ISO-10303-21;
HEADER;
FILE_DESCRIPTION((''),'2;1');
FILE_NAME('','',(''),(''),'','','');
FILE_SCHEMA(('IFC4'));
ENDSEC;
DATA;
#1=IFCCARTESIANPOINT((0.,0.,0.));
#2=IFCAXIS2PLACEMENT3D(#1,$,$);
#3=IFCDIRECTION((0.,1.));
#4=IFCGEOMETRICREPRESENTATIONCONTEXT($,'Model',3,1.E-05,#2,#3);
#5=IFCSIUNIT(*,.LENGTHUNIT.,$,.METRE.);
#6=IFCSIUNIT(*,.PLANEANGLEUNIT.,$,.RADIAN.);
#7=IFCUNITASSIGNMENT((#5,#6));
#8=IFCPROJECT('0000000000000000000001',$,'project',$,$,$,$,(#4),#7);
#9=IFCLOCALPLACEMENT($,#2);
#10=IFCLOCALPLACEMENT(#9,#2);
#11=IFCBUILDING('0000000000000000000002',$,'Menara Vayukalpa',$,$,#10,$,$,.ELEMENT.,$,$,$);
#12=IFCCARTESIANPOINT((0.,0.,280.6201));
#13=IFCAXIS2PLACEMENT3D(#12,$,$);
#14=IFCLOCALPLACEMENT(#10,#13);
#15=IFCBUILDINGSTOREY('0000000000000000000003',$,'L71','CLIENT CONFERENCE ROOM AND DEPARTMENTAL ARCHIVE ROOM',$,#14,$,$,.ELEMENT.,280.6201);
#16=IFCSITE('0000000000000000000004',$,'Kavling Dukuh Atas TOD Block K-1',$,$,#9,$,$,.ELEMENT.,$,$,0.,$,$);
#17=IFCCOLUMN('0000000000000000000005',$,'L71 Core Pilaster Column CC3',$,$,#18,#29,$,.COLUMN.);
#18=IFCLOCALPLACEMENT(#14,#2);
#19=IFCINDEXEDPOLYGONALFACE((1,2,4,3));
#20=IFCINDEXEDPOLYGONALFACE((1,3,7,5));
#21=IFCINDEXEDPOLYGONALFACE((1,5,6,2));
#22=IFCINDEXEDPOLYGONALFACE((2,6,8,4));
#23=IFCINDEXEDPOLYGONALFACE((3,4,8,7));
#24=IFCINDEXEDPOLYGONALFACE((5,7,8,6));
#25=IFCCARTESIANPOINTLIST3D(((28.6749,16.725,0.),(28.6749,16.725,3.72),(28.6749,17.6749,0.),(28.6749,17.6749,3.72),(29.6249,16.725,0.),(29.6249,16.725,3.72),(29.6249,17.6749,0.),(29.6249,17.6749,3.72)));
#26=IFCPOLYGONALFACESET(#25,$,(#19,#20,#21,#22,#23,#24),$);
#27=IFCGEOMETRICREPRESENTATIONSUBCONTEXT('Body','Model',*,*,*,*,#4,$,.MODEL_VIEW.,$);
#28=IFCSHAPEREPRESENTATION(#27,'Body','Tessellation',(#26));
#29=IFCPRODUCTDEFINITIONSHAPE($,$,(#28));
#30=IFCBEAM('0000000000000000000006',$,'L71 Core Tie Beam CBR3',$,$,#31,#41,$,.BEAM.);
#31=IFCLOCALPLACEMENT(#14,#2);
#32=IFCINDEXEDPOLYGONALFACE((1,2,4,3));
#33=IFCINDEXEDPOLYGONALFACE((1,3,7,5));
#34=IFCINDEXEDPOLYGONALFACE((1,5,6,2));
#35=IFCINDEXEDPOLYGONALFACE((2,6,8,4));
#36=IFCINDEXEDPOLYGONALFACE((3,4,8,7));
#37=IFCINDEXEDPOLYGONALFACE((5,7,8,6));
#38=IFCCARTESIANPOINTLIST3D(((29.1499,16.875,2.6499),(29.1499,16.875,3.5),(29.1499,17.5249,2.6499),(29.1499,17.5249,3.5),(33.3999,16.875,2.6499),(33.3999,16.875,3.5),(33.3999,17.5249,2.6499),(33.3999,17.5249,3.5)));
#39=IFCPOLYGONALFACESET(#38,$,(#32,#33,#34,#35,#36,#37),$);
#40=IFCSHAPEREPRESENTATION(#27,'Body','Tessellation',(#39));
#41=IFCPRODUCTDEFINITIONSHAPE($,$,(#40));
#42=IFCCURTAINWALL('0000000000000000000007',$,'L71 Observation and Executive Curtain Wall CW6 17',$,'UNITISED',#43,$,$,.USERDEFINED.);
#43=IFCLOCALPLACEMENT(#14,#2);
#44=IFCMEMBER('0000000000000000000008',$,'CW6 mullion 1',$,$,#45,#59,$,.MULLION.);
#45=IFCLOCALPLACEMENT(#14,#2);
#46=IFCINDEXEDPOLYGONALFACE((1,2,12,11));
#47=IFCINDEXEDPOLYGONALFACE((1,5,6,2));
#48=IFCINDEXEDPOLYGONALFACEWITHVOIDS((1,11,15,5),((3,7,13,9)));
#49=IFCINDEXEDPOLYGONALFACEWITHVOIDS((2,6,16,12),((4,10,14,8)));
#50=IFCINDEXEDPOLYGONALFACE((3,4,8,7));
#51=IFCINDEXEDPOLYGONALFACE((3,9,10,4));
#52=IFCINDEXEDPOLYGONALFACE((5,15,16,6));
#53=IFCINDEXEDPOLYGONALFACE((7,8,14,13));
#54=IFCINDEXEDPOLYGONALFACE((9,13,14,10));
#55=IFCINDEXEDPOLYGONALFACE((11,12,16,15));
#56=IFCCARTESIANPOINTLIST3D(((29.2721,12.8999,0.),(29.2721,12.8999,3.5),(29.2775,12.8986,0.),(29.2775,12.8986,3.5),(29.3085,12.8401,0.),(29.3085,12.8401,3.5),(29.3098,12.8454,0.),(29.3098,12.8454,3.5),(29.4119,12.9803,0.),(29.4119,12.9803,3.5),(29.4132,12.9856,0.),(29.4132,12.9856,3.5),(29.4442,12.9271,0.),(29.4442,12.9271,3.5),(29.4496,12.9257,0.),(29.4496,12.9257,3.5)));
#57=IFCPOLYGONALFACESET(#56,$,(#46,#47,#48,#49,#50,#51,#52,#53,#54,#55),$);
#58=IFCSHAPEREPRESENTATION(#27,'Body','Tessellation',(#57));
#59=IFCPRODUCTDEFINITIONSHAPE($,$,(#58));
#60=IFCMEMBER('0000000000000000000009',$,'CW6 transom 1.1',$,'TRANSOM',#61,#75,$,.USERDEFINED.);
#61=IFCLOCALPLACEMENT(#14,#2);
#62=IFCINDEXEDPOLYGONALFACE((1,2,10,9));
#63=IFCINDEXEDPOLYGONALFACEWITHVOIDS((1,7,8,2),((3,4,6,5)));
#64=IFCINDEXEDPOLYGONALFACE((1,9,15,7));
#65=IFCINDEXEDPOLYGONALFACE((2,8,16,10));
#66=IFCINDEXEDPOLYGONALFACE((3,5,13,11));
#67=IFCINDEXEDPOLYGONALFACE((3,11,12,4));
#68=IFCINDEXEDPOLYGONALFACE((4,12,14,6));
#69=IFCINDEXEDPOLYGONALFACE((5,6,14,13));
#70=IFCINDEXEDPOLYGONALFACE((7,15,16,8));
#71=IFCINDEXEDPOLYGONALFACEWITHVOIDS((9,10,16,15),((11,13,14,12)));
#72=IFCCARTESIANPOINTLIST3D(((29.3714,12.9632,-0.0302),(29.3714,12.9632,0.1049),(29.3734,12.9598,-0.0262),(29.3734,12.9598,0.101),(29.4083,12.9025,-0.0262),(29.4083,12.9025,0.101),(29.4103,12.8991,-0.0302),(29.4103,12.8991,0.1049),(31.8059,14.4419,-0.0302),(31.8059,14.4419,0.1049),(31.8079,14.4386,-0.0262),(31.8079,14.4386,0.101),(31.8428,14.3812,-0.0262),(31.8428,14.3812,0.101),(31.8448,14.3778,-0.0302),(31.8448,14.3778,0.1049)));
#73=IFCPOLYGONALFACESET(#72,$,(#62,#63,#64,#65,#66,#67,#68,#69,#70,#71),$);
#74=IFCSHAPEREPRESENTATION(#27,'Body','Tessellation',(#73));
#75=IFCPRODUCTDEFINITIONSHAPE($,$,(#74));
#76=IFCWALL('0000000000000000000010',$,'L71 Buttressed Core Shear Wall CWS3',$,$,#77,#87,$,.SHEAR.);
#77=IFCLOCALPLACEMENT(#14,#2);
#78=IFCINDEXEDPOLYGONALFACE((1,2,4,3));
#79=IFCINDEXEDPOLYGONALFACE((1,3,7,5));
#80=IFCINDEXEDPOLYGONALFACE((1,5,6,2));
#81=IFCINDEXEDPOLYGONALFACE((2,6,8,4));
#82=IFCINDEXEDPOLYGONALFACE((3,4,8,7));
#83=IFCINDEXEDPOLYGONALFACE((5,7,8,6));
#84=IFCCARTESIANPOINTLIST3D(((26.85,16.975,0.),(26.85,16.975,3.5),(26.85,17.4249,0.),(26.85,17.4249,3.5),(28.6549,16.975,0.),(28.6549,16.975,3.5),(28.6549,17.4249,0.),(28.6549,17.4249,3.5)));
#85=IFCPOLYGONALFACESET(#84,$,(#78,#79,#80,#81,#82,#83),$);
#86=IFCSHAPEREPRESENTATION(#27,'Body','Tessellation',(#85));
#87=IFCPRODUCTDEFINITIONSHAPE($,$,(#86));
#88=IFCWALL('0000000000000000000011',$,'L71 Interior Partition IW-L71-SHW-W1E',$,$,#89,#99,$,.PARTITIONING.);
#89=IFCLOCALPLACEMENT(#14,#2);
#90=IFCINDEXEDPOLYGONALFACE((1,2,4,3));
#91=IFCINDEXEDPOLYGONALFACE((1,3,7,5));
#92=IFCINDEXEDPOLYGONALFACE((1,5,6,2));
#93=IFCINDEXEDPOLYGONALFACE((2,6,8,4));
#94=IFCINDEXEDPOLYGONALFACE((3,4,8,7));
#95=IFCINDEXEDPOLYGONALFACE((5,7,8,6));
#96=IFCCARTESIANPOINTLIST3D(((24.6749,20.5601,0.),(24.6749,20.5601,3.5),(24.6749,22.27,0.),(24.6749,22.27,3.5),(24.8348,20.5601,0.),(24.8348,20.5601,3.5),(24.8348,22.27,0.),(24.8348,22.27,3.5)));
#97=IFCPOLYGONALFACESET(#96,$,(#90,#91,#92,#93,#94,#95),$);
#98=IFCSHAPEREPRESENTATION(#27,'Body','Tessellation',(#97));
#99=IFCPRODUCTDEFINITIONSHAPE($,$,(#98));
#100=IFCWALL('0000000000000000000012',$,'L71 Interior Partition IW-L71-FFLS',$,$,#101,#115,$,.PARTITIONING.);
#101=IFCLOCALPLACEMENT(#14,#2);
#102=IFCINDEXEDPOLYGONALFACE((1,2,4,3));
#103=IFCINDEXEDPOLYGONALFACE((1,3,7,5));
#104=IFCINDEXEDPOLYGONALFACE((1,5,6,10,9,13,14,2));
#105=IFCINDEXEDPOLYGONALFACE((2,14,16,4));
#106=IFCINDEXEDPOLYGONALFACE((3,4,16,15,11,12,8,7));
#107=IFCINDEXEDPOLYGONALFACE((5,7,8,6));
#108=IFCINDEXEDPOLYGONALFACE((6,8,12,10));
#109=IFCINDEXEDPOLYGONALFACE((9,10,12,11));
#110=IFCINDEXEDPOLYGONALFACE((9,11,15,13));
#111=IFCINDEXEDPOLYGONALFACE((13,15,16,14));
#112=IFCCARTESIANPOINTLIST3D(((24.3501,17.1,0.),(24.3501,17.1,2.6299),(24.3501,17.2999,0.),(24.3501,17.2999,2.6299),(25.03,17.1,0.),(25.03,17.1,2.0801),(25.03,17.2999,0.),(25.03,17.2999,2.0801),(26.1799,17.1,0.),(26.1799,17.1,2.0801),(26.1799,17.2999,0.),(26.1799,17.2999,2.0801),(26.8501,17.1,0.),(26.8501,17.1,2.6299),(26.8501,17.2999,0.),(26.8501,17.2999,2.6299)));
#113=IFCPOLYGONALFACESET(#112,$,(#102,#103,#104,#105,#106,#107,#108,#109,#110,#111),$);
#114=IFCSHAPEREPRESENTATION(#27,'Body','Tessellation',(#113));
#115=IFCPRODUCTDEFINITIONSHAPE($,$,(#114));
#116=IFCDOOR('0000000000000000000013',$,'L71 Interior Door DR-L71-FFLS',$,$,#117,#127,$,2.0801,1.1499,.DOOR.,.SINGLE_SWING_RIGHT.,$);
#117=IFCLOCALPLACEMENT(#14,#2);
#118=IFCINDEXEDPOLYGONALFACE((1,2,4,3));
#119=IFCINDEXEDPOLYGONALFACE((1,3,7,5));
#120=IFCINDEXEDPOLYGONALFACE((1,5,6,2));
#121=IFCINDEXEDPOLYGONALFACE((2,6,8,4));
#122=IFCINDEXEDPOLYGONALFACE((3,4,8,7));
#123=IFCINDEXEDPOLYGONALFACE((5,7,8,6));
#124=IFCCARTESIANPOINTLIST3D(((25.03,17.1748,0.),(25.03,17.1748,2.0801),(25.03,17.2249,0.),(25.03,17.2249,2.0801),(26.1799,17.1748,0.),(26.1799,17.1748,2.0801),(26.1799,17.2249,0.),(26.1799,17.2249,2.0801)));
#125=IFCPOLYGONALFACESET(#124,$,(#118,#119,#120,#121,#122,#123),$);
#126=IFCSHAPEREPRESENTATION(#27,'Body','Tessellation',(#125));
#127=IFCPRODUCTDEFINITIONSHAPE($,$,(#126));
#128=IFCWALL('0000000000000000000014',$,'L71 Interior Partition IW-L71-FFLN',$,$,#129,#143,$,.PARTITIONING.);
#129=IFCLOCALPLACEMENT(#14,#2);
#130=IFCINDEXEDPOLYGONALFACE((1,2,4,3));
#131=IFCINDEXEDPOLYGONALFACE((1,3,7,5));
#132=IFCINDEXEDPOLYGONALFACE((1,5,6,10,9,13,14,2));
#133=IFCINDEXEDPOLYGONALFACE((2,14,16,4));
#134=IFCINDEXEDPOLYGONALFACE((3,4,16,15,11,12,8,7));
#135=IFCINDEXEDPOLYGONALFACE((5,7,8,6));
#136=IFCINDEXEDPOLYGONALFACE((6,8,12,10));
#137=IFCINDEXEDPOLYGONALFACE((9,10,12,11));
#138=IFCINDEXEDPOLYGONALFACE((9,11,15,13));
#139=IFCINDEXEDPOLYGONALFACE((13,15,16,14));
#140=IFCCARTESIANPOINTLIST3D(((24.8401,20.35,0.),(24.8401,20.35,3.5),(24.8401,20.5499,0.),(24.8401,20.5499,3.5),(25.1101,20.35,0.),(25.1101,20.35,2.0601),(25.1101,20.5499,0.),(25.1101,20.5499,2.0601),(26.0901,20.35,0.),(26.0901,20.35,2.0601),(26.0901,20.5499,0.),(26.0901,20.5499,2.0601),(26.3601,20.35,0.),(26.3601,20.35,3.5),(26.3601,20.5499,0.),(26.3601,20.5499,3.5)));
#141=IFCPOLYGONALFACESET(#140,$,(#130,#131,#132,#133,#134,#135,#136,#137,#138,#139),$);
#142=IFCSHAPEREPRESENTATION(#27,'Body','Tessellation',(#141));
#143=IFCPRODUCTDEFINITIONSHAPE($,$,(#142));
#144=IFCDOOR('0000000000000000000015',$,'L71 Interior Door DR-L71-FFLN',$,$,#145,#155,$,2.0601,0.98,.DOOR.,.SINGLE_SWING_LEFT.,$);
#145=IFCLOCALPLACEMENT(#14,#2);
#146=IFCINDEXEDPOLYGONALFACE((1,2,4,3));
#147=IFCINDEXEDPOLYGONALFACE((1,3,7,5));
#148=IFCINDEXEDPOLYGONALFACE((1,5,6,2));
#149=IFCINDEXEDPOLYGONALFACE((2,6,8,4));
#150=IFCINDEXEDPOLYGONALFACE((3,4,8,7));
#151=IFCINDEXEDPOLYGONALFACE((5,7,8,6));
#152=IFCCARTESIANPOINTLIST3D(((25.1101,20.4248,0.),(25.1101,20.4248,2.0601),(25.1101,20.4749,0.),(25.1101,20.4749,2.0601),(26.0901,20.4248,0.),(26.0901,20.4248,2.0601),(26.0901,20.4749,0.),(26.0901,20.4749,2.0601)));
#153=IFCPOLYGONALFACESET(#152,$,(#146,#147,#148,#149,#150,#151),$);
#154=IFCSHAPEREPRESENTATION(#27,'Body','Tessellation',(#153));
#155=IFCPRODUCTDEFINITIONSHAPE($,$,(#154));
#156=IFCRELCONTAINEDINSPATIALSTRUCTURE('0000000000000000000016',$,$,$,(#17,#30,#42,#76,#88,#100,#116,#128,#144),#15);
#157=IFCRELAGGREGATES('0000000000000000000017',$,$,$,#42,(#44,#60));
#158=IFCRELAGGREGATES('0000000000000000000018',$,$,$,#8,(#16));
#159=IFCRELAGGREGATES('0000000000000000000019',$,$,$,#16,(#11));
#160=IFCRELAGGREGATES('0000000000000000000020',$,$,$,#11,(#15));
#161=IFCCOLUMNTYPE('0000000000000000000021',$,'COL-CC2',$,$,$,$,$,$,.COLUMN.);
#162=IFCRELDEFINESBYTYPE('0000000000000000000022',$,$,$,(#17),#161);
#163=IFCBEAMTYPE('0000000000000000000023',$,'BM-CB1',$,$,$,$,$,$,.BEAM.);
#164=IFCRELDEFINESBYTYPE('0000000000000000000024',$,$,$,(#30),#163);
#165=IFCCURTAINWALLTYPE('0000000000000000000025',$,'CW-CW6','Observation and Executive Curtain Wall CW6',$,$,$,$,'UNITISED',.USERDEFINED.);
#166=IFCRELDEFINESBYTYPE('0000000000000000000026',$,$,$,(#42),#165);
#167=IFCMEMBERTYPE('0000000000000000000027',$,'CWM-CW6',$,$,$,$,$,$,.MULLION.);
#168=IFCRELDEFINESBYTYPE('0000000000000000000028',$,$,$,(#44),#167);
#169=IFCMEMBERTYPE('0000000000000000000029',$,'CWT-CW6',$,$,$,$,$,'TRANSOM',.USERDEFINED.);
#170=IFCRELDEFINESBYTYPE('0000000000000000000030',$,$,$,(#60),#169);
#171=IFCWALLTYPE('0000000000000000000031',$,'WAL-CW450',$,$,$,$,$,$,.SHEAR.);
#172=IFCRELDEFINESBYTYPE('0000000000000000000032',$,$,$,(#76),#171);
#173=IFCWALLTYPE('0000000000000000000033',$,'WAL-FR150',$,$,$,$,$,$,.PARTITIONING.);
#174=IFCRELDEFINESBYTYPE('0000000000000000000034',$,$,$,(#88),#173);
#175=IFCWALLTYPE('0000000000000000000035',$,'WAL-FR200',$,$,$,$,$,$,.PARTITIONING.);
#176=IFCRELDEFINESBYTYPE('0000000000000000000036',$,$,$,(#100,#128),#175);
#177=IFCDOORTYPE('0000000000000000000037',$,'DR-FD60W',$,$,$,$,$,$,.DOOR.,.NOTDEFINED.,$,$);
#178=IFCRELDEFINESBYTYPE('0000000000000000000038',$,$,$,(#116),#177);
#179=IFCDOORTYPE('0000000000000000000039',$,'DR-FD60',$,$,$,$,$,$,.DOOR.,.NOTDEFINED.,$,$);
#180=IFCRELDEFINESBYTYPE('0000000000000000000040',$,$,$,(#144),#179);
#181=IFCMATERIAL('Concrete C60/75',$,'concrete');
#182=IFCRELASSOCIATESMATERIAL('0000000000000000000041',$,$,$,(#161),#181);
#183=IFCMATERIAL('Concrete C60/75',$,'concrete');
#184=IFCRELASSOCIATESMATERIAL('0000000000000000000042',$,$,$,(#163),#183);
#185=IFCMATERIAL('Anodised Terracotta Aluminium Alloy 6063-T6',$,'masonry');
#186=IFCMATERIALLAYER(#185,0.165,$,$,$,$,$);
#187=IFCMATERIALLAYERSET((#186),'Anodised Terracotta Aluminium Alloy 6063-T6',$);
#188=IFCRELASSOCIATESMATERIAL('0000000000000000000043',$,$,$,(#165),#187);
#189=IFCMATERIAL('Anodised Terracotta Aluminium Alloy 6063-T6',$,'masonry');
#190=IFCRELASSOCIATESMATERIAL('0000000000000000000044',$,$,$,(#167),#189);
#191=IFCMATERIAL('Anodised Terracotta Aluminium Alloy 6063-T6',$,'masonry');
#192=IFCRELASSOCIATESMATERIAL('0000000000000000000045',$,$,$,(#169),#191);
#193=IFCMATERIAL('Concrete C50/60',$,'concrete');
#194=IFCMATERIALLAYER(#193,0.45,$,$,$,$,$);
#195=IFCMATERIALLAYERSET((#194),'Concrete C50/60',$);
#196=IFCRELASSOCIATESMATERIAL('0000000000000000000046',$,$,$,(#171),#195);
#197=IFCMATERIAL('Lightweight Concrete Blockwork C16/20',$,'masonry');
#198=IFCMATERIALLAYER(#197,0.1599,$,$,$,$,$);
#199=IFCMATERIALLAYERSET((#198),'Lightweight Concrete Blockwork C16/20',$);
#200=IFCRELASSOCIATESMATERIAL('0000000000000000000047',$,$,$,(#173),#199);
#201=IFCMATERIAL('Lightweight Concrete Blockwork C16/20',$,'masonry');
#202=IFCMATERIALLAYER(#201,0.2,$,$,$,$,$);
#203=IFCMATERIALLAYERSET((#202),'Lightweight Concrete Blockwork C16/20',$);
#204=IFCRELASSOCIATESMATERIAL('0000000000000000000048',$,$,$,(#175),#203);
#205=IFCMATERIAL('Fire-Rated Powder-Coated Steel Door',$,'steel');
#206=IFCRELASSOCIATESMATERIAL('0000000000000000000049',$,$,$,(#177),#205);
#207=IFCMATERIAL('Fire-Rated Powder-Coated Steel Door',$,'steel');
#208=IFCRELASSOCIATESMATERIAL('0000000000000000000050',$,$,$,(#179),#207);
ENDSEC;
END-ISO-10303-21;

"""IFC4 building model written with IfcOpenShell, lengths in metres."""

from ifc_helpers import new_model, si_unit, direction, frame, frame_2d, origin, origin_2d, place, context, subcontext, project, spatial, rectangle, hollow_rectangle, extrude, material, layer, layer_set, material_profile, profile_set, type_object, element, fill, aggregate, save


model = new_model("IFC4")

# Units and contexts
model_context = context("Model", 3, precision=1e-05, world=origin(), true_north=direction((0.0, 1.0)))
body_context = subcontext(model_context, "Body", "Model", "MODEL_VIEW")
ifc_project = project(units=[si_unit("LENGTHUNIT", "METRE"), si_unit("PLANEANGLEUNIT", "RADIAN")], contexts=[model_context])

# Site, building, storey
site_placement = place(None, origin())
site = spatial("IfcSite", under=ifc_project, at=site_placement, Name="Kavling Dukuh Atas TOD Block K-1", CompositionType="ELEMENT", RefElevation=0.0)
building_placement = place(site_placement, origin())
building = spatial("IfcBuilding", under=site, at=building_placement, Name="Menara Vayukalpa", CompositionType="ELEMENT")
storey_placement = place(building_placement, frame((0.0, 0.0, 280.6201)))
storey = spatial("IfcBuildingStorey", under=building, at=storey_placement, Name="L71", Description="CLIENT CONFERENCE ROOM AND DEPARTMENTAL ARCHIVE ROOM", CompositionType="ELEMENT", Elevation=280.6201)

# Column
ifc_material_1 = material(Name="Concrete C60/75", Category="concrete")
ifc_material_profile_1 = material_profile(ifc_material_1, rectangle(XDim=0.95, YDim=0.95, at=origin_2d()), Name="RC 950x950")
ifc_profile_set_1 = profile_set([ifc_material_profile_1], Name="Concrete C60/75")
column_type = type_object("IfcColumnType", Name="COL-CC2", PredefinedType="COLUMN", material=ifc_profile_set_1)
column_placement = place(storey_placement, frame((29.1499, 17.2, 0.0), z_axis=(0.0, 0.0, 1.0), x_axis=(1.0, 0.0, 0.0)))
element("IfcColumn", 1, at=column_placement, inside=storey, type_object=column_type, Name="L71 Core Pilaster Column CC3", PredefinedType="COLUMN", context=body_context, shape_type="SweptSolid", body=[
    extrude(rectangle(XDim=0.95, YDim=0.95, at=origin_2d()), origin(), (0.0, 0.0, 1.0), 3.72),
])

# Beam
ifc_material_2 = material(Name="Concrete C60/75", Category="concrete")
ifc_material_profile_2 = material_profile(ifc_material_2, rectangle(XDim=0.6499, YDim=0.8501, at=origin_2d()), Name="RC 650x850")
ifc_profile_set_2 = profile_set([ifc_material_profile_2], Name="Concrete C60/75")
beam_type = type_object("IfcBeamType", Name="BM-CB1", PredefinedType="BEAM", material=ifc_profile_set_2)
beam_placement = place(storey_placement, frame((29.1499, 17.2, 3.075), z_axis=(1.0, 0.0, 0.0), x_axis=(0.0, 1.0, 0.0)))
element("IfcBeam", 2, at=beam_placement, inside=storey, type_object=beam_type, Name="L71 Core Tie Beam CBR3", PredefinedType="BEAM", context=body_context, shape_type="SweptSolid", body=[
    extrude(rectangle(XDim=0.6499, YDim=0.8501, at=origin_2d()), origin(), (0.0, 0.0, 1.0), 4.25),
])

# Curtain wall, members
ifc_material_3 = material(Name="Anodised Terracotta Aluminium Alloy 6063-T6", Category="masonry")
ifc_layer_1 = layer(ifc_material_3, 0.165)
ifc_layer_set_1 = layer_set([ifc_layer_1], Name="Anodised Terracotta Aluminium Alloy 6063-T6")
curtain_wall_type = type_object("IfcCurtainWallType", Name="CW-CW6", Description="Observation and Executive Curtain Wall CW6", ElementType="UNITISED", PredefinedType="USERDEFINED", material=ifc_layer_set_1)
curtain_wall_placement = place(storey_placement, origin())
curtain_wall = element("IfcCurtainWall", 3, at=curtain_wall_placement, inside=storey, type_object=curtain_wall_type, Name="L71 Observation and Executive Curtain Wall CW6 17", ObjectType="UNITISED", PredefinedType="USERDEFINED")
ifc_material_4 = material(Name="Anodised Terracotta Aluminium Alloy 6063-T6", Category="masonry")
ifc_material_profile_3 = material_profile(ifc_material_4, hollow_rectangle(XDim=0.0701, YDim=0.165, WallThickness=0.0039, at=origin_2d()), Name="ALU 70x165x4")
ifc_profile_set_3 = profile_set([ifc_material_profile_3], Name="Anodised Terracotta Aluminium Alloy 6063-T6")
member_type_1 = type_object("IfcMemberType", Name="CWM-CW6", PredefinedType="MULLION", material=ifc_profile_set_3)
member_1_placement = place(storey_placement, frame((29.3608, 12.9128, 0.0), z_axis=(0.0, 0.0, 1.0), x_axis=(-0.519176, 0.854668, 0.0)))
member_1 = element("IfcMember", 4, at=member_1_placement, type_object=member_type_1, Name="CW6 mullion 1", PredefinedType="MULLION", context=body_context, shape_type="SweptSolid", body=[
    extrude(hollow_rectangle(XDim=0.0701, YDim=0.165, WallThickness=0.0039, at=origin_2d()), origin(), (0.0, 0.0, 1.0), 3.5),
])
ifc_material_5 = material(Name="Anodised Terracotta Aluminium Alloy 6063-T6", Category="masonry")
ifc_material_profile_4 = material_profile(ifc_material_5, hollow_rectangle(XDim=0.075, YDim=0.135, WallThickness=0.0039, at=origin_2d()), Name="ALU 75x135x4")
ifc_profile_set_4 = profile_set([ifc_material_profile_4], Name="Anodised Terracotta Aluminium Alloy 6063-T6")
member_type_2 = type_object("IfcMemberType", Name="CWT-CW6", ElementType="TRANSOM", PredefinedType="USERDEFINED", material=ifc_profile_set_4)
member_2_placement = place(storey_placement, frame((29.3909, 12.9312, 0.0374), z_axis=(0.85469, 0.519139, 0.0), x_axis=(-0.519139, 0.85469, 0.0)))
member_2 = element("IfcMember", 5, at=member_2_placement, type_object=member_type_2, Name="CW6 transom 1.1", ObjectType="TRANSOM", PredefinedType="USERDEFINED", context=body_context, shape_type="SweptSolid", body=[
    extrude(hollow_rectangle(XDim=0.075, YDim=0.135, WallThickness=0.0039, at=origin_2d()), origin(), (0.0, 0.0, 1.0), 2.8484),
])
aggregate(curtain_wall, [member_1, member_2])

# Walls
ifc_material_6 = material(Name="Concrete C50/60", Category="concrete")
ifc_layer_2 = layer(ifc_material_6, 0.45)
ifc_layer_set_2 = layer_set([ifc_layer_2], Name="Concrete C50/60")
wall_type_1 = type_object("IfcWallType", Name="WAL-CW450", PredefinedType="SHEAR", material=ifc_layer_set_2)
wall_1_placement = place(storey_placement, frame((26.8501, 17.2, 0.0), z_axis=(0.0, 0.0, 1.0), x_axis=(1.0, 0.0, 0.0)))
element("IfcWall", 6, at=wall_1_placement, inside=storey, type_object=wall_type_1, Name="L71 Buttressed Core Shear Wall CWS3", PredefinedType="SHEAR", context=body_context, shape_type="SweptSolid", body=[
    extrude(rectangle(XDim=1.8049, YDim=0.45, at=frame_2d((0.9023, 0.0))), origin(), (0.0, 0.0, 1.0), 3.5),
])
ifc_material_7 = material(Name="Lightweight Concrete Blockwork C16/20", Category="masonry")
ifc_layer_3 = layer(ifc_material_7, 0.1599)
ifc_layer_set_3 = layer_set([ifc_layer_3], Name="Lightweight Concrete Blockwork C16/20")
wall_type_2 = type_object("IfcWallType", Name="WAL-FR150", PredefinedType="PARTITIONING", material=ifc_layer_set_3)
wall_2_placement = place(storey_placement, frame((24.7549, 20.5601, 0.0), z_axis=(0.0, 0.0, 1.0), x_axis=(0.0, 1.0, 0.0)))
element("IfcWall", 7, at=wall_2_placement, inside=storey, type_object=wall_type_2, Name="L71 Interior Partition IW-L71-SHW-W1E", PredefinedType="PARTITIONING", context=body_context, shape_type="SweptSolid", body=[
    extrude(rectangle(XDim=1.71, YDim=0.1599, at=frame_2d((0.855, 0.0))), origin(), (0.0, 0.0, 1.0), 3.5),
])

# Walls, openings, doors
ifc_material_8 = material(Name="Lightweight Concrete Blockwork C16/20", Category="masonry")
ifc_layer_4 = layer(ifc_material_8, 0.2)
ifc_layer_set_4 = layer_set([ifc_layer_4], Name="Lightweight Concrete Blockwork C16/20")
wall_type_3 = type_object("IfcWallType", Name="WAL-FR200", PredefinedType="PARTITIONING", material=ifc_layer_set_4)
wall_3_placement = place(storey_placement, frame((24.3501, 17.2, 0.0), z_axis=(0.0, 0.0, 1.0), x_axis=(1.0, 0.0, 0.0)))
wall_3 = element("IfcWall", 8, at=wall_3_placement, inside=storey, type_object=wall_type_3, Name="L71 Interior Partition IW-L71-FFLS", PredefinedType="PARTITIONING", context=body_context, shape_type="SweptSolid", body=[
    extrude(rectangle(XDim=2.5, YDim=0.2, at=frame_2d((1.25, 0.0))), origin(), (0.0, 0.0, 1.0), 2.6299),
])
opening_1_placement = place(wall_3_placement, frame((0.6799, 0.0, 0.0)))
opening_1 = element("IfcOpeningElement", 9, at=opening_1_placement, cuts=wall_3, PredefinedType="OPENING", context=body_context, shape_type="SweptSolid", body=[
    extrude(rectangle(XDim=1.1499, YDim=2.0801, at=frame_2d((0.575, 1.04))), frame((0.0, 0.1099, 0.0), z_axis=(0.0, -1.0, 0.0), x_axis=(1.0, 0.0, 0.0)), (0.0, 0.0, 1.0), 0.22),
])
ifc_material_9 = material(Name="Fire-Rated Powder-Coated Steel Door", Category="steel")
door_type_1 = type_object("IfcDoorType", Name="DR-FD60W", OperationType="NOTDEFINED", PredefinedType="DOOR", material=ifc_material_9)
door_1_placement = place(opening_1_placement, origin())
door_1 = element("IfcDoor", 10, at=door_1_placement, inside=storey, type_object=door_type_1, Name="L71 Interior Door DR-L71-FFLS", OperationType="SINGLE_SWING_RIGHT", OverallHeight=2.0801, OverallWidth=1.1499, PredefinedType="DOOR", context=body_context, shape_type="SweptSolid", body=[
    extrude(rectangle(XDim=1.1499, YDim=2.0801, at=frame_2d((0.575, 1.04))), frame((0.0, 0.0249, 0.0), z_axis=(0.0, -1.0, 0.0), x_axis=(1.0, 0.0, 0.0)), (0.0, 0.0, 1.0), 0.05),
])
fill(opening_1, door_1)
wall_4_placement = place(storey_placement, frame((24.8401, 20.45, 0.0), z_axis=(0.0, 0.0, 1.0), x_axis=(1.0, 0.0, 0.0)))
wall_4 = element("IfcWall", 11, at=wall_4_placement, inside=storey, type_object=wall_type_3, Name="L71 Interior Partition IW-L71-FFLN", PredefinedType="PARTITIONING", context=body_context, shape_type="SweptSolid", body=[
    extrude(rectangle(XDim=1.52, YDim=0.2, at=frame_2d((0.76, 0.0))), origin(), (0.0, 0.0, 1.0), 3.5),
])
opening_2_placement = place(wall_4_placement, frame((0.27, 0.0, 0.0)))
opening_2 = element("IfcOpeningElement", 12, at=opening_2_placement, cuts=wall_4, PredefinedType="OPENING", context=body_context, shape_type="SweptSolid", body=[
    extrude(rectangle(XDim=0.98, YDim=2.0601, at=frame_2d((0.49, 1.03))), frame((0.0, 0.1099, 0.0), z_axis=(0.0, -1.0, 0.0), x_axis=(1.0, 0.0, 0.0)), (0.0, 0.0, 1.0), 0.22),
])
ifc_material_10 = material(Name="Fire-Rated Powder-Coated Steel Door", Category="steel")
door_type_2 = type_object("IfcDoorType", Name="DR-FD60", OperationType="NOTDEFINED", PredefinedType="DOOR", material=ifc_material_10)
door_2_placement = place(opening_2_placement, origin())
door_2 = element("IfcDoor", 13, at=door_2_placement, inside=storey, type_object=door_type_2, Name="L71 Interior Door DR-L71-FFLN", OperationType="SINGLE_SWING_LEFT", OverallHeight=2.0601, OverallWidth=0.98, PredefinedType="DOOR", context=body_context, shape_type="SweptSolid", body=[
    extrude(rectangle(XDim=0.98, YDim=2.0601, at=frame_2d((0.49, 1.03))), frame((0.0, 0.0249, 0.0), z_axis=(0.0, -1.0, 0.0), x_axis=(1.0, 0.0, 0.0)), (0.0, 0.0, 1.0), 0.05),
])
fill(opening_2, door_2)

save(model, "model.ifc")
